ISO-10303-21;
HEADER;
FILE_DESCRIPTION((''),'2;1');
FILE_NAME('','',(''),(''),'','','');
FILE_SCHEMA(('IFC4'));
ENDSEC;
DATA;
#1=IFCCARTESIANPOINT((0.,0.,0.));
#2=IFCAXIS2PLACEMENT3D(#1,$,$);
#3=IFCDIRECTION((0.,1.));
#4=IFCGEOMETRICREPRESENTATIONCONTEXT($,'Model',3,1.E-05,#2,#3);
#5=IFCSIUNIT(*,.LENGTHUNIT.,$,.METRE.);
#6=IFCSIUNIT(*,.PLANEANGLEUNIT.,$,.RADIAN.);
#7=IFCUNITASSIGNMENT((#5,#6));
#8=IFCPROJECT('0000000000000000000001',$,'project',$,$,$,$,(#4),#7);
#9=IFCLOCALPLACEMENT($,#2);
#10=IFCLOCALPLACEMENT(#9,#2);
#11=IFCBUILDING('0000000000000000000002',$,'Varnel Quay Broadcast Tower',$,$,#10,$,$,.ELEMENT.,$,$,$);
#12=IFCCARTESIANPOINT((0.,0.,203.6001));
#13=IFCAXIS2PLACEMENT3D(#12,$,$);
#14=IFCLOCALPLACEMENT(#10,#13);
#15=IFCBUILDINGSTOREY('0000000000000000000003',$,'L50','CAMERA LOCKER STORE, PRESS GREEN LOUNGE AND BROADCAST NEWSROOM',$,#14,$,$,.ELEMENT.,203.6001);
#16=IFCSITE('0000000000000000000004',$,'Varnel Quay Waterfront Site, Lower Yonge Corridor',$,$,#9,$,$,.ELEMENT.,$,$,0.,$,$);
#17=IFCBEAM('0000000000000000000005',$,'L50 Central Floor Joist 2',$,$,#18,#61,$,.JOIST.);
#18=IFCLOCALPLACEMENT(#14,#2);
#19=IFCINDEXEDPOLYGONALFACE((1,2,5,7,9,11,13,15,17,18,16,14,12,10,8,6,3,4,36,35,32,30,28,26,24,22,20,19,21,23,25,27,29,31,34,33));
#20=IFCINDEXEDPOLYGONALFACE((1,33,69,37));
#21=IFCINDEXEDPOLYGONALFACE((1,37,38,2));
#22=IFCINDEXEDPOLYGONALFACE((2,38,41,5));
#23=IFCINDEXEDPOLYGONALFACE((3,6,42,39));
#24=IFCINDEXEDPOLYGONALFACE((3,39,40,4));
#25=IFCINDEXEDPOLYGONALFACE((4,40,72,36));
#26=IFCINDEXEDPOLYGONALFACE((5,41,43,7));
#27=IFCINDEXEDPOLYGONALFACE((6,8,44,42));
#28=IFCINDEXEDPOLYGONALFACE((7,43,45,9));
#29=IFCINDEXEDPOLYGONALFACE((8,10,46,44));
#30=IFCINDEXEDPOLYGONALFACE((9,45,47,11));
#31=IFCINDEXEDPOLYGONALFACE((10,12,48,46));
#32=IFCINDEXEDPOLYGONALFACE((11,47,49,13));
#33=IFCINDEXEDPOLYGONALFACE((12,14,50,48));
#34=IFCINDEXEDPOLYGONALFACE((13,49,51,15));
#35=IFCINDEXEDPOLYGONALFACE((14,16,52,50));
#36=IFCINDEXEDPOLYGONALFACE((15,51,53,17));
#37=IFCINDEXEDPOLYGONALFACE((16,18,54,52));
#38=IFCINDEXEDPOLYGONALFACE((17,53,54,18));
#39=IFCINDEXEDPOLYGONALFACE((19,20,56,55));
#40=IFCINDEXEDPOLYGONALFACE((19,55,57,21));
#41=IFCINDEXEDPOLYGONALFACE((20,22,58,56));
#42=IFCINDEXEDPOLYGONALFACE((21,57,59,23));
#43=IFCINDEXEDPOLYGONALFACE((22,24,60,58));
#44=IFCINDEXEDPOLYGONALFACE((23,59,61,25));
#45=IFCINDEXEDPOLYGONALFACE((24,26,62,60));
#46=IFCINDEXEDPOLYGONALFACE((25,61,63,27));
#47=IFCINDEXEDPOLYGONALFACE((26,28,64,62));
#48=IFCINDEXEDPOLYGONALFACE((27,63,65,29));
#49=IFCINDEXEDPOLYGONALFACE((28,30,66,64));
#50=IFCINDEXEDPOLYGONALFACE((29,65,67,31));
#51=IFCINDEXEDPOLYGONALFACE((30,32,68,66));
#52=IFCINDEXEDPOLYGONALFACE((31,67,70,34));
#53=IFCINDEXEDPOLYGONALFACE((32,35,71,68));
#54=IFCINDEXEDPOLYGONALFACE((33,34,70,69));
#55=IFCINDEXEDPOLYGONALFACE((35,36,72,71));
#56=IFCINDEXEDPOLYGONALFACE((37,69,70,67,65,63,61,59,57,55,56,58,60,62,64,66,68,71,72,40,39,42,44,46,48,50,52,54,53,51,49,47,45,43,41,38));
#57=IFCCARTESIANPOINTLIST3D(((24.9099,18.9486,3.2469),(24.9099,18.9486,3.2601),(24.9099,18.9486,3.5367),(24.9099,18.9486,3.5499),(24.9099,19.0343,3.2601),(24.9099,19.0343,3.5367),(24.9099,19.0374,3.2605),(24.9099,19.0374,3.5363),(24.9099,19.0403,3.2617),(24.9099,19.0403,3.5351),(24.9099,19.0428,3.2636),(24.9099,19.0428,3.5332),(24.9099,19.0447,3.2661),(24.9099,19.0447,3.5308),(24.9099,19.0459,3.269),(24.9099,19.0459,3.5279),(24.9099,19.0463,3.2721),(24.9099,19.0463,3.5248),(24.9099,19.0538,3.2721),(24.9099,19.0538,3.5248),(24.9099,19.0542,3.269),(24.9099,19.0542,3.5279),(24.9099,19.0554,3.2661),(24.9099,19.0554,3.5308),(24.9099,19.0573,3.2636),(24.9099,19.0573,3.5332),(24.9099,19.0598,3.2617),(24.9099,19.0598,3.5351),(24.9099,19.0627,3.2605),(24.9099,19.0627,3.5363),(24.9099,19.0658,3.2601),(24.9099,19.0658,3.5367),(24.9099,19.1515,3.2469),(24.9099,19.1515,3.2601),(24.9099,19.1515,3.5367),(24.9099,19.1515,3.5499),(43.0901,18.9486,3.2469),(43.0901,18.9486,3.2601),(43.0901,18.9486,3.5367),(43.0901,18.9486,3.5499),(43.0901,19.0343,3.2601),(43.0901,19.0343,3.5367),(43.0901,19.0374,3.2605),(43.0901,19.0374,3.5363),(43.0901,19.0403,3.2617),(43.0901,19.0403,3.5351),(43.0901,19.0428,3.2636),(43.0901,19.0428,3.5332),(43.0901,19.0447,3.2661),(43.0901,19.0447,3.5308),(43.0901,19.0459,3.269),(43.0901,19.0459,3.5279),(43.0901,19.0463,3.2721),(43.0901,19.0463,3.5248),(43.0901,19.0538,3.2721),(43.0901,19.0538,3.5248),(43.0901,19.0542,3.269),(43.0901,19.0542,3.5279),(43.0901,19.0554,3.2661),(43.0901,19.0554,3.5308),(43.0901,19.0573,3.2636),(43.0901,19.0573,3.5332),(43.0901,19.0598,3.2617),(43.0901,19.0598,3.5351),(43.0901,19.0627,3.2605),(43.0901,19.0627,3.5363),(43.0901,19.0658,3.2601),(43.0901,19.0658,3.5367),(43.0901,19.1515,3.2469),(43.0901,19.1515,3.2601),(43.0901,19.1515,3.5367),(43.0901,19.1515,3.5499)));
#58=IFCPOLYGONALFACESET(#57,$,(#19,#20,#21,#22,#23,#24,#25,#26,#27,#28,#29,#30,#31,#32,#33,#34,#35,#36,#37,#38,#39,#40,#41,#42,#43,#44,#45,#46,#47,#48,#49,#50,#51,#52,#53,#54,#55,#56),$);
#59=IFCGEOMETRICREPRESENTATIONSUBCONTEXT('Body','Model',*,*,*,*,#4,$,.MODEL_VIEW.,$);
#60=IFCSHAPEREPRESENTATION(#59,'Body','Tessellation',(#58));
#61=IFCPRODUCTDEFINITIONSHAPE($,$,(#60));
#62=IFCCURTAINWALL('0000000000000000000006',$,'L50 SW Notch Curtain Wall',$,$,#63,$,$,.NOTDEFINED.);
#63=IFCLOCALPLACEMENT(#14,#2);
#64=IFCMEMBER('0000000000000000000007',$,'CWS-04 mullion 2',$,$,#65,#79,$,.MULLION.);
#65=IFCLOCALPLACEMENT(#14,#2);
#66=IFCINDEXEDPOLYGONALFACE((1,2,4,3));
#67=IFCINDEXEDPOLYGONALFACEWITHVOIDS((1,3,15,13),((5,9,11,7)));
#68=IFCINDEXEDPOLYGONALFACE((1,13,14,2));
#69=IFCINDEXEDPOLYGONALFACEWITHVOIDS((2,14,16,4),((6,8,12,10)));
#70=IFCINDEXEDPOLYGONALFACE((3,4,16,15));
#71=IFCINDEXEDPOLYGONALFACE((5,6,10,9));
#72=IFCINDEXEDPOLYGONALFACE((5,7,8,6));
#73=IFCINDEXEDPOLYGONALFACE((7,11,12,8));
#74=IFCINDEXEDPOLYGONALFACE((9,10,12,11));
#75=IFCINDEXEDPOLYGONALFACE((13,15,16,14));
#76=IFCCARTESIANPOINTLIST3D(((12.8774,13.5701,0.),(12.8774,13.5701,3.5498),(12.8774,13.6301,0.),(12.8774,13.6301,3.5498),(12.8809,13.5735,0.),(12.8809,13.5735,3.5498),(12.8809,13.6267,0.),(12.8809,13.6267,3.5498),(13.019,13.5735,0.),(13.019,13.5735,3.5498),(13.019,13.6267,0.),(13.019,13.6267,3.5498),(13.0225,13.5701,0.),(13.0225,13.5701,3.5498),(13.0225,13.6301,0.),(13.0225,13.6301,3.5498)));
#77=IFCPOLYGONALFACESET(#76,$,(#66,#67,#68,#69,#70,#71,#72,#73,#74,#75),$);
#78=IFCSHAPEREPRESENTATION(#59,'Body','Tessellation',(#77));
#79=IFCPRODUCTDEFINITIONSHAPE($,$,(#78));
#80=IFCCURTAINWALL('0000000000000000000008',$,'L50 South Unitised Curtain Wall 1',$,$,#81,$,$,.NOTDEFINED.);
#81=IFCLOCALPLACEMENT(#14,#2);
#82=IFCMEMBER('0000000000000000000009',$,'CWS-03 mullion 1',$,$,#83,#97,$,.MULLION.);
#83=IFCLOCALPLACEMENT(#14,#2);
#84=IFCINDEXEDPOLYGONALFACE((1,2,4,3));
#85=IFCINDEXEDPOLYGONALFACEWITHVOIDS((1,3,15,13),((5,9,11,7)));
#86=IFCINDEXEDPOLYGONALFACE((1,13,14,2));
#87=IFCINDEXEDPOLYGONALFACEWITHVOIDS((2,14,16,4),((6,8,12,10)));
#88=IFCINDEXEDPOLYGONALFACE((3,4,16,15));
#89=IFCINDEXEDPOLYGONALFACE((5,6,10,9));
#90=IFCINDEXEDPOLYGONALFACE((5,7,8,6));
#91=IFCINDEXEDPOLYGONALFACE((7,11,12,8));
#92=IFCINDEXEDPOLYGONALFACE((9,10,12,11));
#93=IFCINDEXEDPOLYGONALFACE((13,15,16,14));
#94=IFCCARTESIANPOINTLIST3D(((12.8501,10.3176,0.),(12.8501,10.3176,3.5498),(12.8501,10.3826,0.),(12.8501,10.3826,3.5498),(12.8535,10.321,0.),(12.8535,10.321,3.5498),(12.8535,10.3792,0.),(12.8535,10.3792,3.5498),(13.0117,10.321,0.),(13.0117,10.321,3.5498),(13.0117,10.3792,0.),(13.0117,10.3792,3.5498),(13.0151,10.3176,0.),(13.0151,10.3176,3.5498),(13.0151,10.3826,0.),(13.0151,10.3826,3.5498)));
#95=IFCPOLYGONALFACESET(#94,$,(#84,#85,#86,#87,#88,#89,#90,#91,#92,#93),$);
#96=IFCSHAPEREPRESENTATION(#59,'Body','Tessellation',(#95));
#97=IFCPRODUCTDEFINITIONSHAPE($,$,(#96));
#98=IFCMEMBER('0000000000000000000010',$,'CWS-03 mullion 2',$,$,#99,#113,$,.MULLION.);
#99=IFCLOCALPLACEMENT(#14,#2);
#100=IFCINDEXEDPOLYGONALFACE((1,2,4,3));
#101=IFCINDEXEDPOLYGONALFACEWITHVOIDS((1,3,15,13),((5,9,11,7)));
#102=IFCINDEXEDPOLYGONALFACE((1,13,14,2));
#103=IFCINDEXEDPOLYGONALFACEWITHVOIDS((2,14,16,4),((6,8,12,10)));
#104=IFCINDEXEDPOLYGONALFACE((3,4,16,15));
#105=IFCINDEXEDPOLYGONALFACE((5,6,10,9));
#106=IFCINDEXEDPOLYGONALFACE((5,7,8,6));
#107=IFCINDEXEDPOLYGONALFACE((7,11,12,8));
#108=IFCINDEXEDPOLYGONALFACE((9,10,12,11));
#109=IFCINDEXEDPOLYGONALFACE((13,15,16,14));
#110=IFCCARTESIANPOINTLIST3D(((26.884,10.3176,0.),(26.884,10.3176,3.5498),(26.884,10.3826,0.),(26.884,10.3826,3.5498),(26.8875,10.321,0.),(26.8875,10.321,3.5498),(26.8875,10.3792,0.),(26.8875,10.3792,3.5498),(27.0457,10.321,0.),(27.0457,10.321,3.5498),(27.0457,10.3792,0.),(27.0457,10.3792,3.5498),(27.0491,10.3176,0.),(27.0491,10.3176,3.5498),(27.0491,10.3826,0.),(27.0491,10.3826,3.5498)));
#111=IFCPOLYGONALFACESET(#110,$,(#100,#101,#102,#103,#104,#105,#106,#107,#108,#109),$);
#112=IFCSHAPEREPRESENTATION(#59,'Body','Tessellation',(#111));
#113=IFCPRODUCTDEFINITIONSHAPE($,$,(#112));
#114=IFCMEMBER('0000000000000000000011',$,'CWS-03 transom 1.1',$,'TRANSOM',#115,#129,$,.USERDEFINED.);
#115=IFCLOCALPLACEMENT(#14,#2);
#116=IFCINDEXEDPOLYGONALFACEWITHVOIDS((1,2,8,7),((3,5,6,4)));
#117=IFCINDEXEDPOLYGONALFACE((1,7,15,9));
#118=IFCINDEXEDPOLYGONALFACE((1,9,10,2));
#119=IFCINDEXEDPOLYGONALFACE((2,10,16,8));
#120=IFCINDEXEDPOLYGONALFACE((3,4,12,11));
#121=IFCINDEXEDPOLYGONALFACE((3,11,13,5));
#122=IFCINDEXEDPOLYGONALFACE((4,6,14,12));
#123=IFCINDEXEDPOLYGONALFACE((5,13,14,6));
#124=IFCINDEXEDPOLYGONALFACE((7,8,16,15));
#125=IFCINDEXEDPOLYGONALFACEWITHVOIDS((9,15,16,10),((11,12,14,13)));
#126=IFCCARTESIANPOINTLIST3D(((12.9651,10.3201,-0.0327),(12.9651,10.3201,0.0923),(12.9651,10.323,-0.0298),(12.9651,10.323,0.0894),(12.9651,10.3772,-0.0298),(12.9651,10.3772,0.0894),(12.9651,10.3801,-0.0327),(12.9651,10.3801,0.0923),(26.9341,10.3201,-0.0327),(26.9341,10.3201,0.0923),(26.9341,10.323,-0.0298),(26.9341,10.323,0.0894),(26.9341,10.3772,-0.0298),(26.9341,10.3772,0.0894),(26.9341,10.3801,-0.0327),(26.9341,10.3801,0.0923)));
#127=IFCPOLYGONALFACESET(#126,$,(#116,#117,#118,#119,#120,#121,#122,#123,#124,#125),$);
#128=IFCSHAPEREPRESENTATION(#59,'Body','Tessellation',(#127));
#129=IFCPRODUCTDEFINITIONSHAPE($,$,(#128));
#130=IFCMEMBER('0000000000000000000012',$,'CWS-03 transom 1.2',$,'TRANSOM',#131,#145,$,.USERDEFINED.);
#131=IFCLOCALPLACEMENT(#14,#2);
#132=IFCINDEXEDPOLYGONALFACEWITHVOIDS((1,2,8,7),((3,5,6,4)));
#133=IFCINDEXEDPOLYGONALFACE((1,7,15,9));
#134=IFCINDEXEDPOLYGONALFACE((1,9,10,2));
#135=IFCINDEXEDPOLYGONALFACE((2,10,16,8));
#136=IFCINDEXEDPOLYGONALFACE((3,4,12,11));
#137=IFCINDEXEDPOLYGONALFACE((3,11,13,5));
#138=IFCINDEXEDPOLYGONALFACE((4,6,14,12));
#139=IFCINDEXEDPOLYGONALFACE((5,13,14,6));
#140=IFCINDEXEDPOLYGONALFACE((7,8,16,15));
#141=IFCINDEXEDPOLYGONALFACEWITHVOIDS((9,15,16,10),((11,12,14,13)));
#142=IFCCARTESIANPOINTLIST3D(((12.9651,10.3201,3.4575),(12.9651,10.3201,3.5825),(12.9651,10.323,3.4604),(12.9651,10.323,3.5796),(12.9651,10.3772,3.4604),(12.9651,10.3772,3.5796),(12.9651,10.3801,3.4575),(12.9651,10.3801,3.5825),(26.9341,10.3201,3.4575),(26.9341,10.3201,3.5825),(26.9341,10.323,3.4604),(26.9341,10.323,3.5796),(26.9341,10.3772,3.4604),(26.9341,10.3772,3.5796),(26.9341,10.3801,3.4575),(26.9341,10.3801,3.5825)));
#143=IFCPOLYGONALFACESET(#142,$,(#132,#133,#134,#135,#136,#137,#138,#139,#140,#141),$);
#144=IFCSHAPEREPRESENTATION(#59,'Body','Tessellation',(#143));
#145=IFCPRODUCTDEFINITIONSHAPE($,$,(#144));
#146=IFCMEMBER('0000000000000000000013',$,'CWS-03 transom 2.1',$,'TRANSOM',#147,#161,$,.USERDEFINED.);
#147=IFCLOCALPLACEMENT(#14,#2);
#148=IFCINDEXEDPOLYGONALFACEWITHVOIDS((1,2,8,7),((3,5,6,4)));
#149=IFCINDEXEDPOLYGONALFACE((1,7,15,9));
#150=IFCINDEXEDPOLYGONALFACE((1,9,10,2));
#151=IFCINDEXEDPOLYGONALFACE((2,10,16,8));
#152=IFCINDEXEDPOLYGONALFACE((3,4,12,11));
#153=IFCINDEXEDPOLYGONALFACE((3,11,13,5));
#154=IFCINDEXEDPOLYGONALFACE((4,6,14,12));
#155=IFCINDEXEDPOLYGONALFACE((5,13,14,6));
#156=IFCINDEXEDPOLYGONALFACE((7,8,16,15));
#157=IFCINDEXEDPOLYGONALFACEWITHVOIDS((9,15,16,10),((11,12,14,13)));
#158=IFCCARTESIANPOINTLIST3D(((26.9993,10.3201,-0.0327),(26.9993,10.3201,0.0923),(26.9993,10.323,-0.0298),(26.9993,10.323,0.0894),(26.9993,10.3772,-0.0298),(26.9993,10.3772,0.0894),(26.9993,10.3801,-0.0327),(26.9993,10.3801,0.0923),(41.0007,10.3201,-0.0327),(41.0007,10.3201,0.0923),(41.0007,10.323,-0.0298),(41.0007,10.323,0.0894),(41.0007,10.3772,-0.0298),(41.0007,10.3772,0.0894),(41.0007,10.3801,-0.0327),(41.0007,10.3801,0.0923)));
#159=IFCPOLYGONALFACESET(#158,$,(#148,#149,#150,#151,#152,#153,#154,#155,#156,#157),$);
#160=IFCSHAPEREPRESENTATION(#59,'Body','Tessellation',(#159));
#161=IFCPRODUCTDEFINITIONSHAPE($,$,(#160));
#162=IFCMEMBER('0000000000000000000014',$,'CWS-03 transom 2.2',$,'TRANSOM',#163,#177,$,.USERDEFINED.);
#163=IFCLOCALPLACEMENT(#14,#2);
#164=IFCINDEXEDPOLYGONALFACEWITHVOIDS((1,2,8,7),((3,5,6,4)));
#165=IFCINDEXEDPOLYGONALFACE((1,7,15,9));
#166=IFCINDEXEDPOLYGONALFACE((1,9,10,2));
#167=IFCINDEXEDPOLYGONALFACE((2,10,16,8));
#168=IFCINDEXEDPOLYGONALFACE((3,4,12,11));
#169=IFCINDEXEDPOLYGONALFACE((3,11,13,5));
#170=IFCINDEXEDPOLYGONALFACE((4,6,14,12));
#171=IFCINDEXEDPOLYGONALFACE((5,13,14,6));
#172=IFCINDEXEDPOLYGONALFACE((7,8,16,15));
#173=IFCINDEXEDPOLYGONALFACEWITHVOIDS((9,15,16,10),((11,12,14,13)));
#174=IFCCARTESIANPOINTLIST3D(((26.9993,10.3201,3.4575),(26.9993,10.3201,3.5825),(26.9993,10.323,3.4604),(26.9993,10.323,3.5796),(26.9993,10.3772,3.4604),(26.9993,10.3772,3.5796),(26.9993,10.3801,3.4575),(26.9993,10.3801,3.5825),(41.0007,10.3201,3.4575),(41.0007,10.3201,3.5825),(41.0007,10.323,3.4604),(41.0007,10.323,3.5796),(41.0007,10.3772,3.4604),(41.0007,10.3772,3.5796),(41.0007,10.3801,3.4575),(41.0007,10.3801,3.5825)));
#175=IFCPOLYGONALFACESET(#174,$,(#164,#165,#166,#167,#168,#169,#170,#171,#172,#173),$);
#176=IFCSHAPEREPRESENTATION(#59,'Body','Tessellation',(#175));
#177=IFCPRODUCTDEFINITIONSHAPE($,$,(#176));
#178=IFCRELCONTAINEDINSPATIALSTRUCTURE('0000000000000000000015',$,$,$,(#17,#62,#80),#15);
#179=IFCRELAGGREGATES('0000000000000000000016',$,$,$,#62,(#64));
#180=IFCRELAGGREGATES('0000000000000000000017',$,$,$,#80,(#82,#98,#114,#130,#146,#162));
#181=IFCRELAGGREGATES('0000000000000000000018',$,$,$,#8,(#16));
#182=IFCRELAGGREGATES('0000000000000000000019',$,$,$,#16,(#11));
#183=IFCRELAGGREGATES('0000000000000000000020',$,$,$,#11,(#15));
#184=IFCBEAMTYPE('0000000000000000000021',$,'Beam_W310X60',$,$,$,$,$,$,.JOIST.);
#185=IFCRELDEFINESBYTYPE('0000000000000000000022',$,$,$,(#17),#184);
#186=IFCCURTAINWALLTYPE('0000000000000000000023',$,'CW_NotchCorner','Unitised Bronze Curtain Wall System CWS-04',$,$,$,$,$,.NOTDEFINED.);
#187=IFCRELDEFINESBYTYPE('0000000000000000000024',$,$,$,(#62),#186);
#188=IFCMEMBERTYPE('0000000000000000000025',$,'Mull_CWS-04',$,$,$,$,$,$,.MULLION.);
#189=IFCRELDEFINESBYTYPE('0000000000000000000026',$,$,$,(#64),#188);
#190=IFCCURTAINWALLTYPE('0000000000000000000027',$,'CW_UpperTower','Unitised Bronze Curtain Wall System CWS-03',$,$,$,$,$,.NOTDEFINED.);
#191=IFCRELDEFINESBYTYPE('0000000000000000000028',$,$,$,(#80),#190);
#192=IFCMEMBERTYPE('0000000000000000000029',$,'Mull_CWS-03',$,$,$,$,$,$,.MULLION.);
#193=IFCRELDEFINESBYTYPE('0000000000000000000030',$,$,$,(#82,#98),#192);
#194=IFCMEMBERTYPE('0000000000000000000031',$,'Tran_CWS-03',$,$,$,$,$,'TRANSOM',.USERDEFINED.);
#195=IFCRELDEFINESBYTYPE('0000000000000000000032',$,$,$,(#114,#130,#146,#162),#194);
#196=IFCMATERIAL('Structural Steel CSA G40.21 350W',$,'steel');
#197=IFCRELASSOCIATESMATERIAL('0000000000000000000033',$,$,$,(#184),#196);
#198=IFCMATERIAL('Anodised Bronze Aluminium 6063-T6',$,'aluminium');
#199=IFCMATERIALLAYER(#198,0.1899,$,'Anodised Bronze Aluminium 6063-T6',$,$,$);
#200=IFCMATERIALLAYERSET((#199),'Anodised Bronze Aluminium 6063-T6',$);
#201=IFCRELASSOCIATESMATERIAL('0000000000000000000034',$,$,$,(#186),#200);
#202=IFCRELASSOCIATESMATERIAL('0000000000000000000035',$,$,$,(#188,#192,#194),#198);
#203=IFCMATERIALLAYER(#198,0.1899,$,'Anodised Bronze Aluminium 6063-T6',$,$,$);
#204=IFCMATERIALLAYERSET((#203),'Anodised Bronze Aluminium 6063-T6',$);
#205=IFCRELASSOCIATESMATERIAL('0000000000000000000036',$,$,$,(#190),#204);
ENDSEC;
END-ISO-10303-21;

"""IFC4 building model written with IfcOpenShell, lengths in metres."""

from ifc_helpers import new_model, si_unit, direction, frame, origin, origin_2d, place, context, subcontext, project, spatial, hollow_rectangle, i_section, extrude, source, transform, mapped, material, layer, layer_set, material_profile, profile_set, type_object, type_shapes, element, aggregate, save


model = new_model("IFC4")

# Units and contexts
model_context = context("Model", 3, precision=1e-05, world=origin(), true_north=direction((0.0, 1.0)))
body_context = subcontext(model_context, "Body", "Model", "MODEL_VIEW")
ifc_project = project(units=[si_unit("LENGTHUNIT", "METRE"), si_unit("PLANEANGLEUNIT", "RADIAN")], contexts=[model_context])

# Site, building, storey
site_placement = place(None, origin())
site = spatial("IfcSite", under=ifc_project, at=site_placement, Name="Varnel Quay Waterfront Site, Lower Yonge Corridor", CompositionType="ELEMENT", RefElevation=0.0)
building_placement = place(site_placement, origin())
building = spatial("IfcBuilding", under=site, at=building_placement, Name="Varnel Quay Broadcast Tower", CompositionType="ELEMENT")
storey_placement = place(building_placement, frame((0.0, 0.0, 203.6001)))
storey = spatial("IfcBuildingStorey", under=building, at=storey_placement, Name="L50", Description="CAMERA LOCKER STORE, PRESS GREEN LOUNGE AND BROADCAST NEWSROOM", CompositionType="ELEMENT", Elevation=203.6001)

# Shared definitions
ifc_material_1 = material(Name="Structural Steel CSA G40.21 350W", Category="steel")

# Beam
ifc_material_profile_1 = material_profile(ifc_material_1, i_section(OverallWidth=0.2029, OverallDepth=0.303, WebThickness=0.0076, FlangeThickness=0.0132, FilletRadius=0.012, at=origin_2d()), Name="W310X60")
ifc_profile_set_1 = profile_set([ifc_material_profile_1], Name="Structural Steel CSA G40.21 350W")
beam_type_1 = type_object("IfcBeamType", Name="Beam_W310X60", PredefinedType="JOIST", material=ifc_profile_set_1)
shared_shape_1 = source(origin(), body_context, "Body", "SweptSolid", [
    extrude(i_section(OverallWidth=0.2029, OverallDepth=0.303, WebThickness=0.0076, FlangeThickness=0.0132, FilletRadius=0.012, at=origin_2d()), origin(), (0.0, 0.0, 1.0), 18.1802),
])
type_shapes(beam_type_1, [shared_shape_1])
beam_1_placement = place(storey_placement, frame((24.9099, 19.05, 3.3984), z_axis=(1.0, 0.0, 0.0), x_axis=(0.0, 1.0, 0.0)))
element("IfcBeam", 1, at=beam_1_placement, inside=storey, type_object=beam_type_1, Name="L50 Central Floor Joist 2", PredefinedType="JOIST", context=body_context, shape_type="MappedRepresentation", body=[
    mapped(shared_shape_1, transform((0.0, 0.0, 0.0), x_axis=(1.0, 0.0, 0.0), y_axis=(0.0, 1.0, 0.0), z_axis=(0.0, 0.0, 1.0), scale=1.0)),
])

# Curtain wall, member
ifc_material_2 = material(Name="Anodised Bronze Aluminium 6063-T6", Category="aluminium")
ifc_layer_1 = layer(ifc_material_2, 0.1899, Name="Anodised Bronze Aluminium 6063-T6")
ifc_layer_set_1 = layer_set([ifc_layer_1], Name="Anodised Bronze Aluminium 6063-T6")
curtain_wall_type_1 = type_object("IfcCurtainWallType", Name="CW_NotchCorner", Description="Unitised Bronze Curtain Wall System CWS-04", PredefinedType="NOTDEFINED", material=ifc_layer_set_1)
curtain_wall_1_placement = place(storey_placement, origin())
curtain_wall_1 = element("IfcCurtainWall", 2, at=curtain_wall_1_placement, inside=storey, type_object=curtain_wall_type_1, Name="L50 SW Notch Curtain Wall", PredefinedType="NOTDEFINED")
ifc_material_profile_2 = material_profile(ifc_material_2, hollow_rectangle(XDim=0.0601, YDim=0.145, WallThickness=0.0034, at=origin_2d()), Name="ALU60X145X3.5")
ifc_profile_set_2 = profile_set([ifc_material_profile_2], Name="Anodised Bronze Aluminium 6063-T6")
member_type_1 = type_object("IfcMemberType", Name="Mull_CWS-04", PredefinedType="MULLION", material=ifc_profile_set_2)
shared_shape_2 = source(origin(), body_context, "Body", "SweptSolid", [
    extrude(hollow_rectangle(XDim=0.0601, YDim=0.145, WallThickness=0.0034, at=origin_2d()), origin(), (0.0, 0.0, 1.0), 3.5498),
])
type_shapes(member_type_1, [shared_shape_2])
member_1_placement = place(storey_placement, frame((12.95, 13.6001, 0.0), z_axis=(0.0, 0.0, 1.0), x_axis=(0.0, 1.0, 0.0)))
member_1 = element("IfcMember", 3, at=member_1_placement, type_object=member_type_1, Name="CWS-04 mullion 2", PredefinedType="MULLION", context=body_context, shape_type="MappedRepresentation", body=[
    mapped(shared_shape_2, transform((0.0, 0.0, 0.0), x_axis=(1.0, 0.0, 0.0), y_axis=(0.0, 1.0, 0.0), z_axis=(0.0, 0.0, 1.0), scale=1.0)),
])

# Curtain wall, members
ifc_layer_2 = layer(ifc_material_2, 0.1899, Name="Anodised Bronze Aluminium 6063-T6")
ifc_layer_set_2 = layer_set([ifc_layer_2], Name="Anodised Bronze Aluminium 6063-T6")
curtain_wall_type_2 = type_object("IfcCurtainWallType", Name="CW_UpperTower", Description="Unitised Bronze Curtain Wall System CWS-03", PredefinedType="NOTDEFINED", material=ifc_layer_set_2)
curtain_wall_2_placement = place(storey_placement, origin())
curtain_wall_2 = element("IfcCurtainWall", 4, at=curtain_wall_2_placement, inside=storey, type_object=curtain_wall_type_2, Name="L50 South Unitised Curtain Wall 1", PredefinedType="NOTDEFINED")
ifc_material_profile_3 = material_profile(ifc_material_2, hollow_rectangle(XDim=0.0649, YDim=0.165, WallThickness=0.0034, at=origin_2d()), Name="ALU65X165X3.5")
ifc_profile_set_3 = profile_set([ifc_material_profile_3], Name="Anodised Bronze Aluminium 6063-T6")
member_type_2 = type_object("IfcMemberType", Name="Mull_CWS-03", PredefinedType="MULLION", material=ifc_profile_set_3)
shared_shape_3 = source(origin(), body_context, "Body", "SweptSolid", [
    extrude(hollow_rectangle(XDim=0.0649, YDim=0.165, WallThickness=0.0034, at=origin_2d()), origin(), (0.0, 0.0, 1.0), 3.5498),
])
type_shapes(member_type_2, [shared_shape_3])
member_2_placement = place(storey_placement, frame((12.9326, 10.3501, 0.0), z_axis=(0.0, 0.0, 1.0), x_axis=(0.0, 1.0, 0.0)))
member_2 = element("IfcMember", 5, at=member_2_placement, type_object=member_type_2, Name="CWS-03 mullion 1", PredefinedType="MULLION", context=body_context, shape_type="MappedRepresentation", body=[
    mapped(shared_shape_3, transform((0.0, 0.0, 0.0), x_axis=(1.0, 0.0, 0.0), y_axis=(0.0, 1.0, 0.0), z_axis=(0.0, 0.0, 1.0), scale=1.0)),
])
member_3_placement = place(storey_placement, frame((26.9666, 10.3501, 0.0), z_axis=(0.0, 0.0, 1.0), x_axis=(0.0, 1.0, 0.0)))
member_3 = element("IfcMember", 6, at=member_3_placement, type_object=member_type_2, Name="CWS-03 mullion 2", PredefinedType="MULLION", context=body_context, shape_type="MappedRepresentation", body=[
    mapped(shared_shape_3, transform((0.0, 0.0, 0.0), x_axis=(1.0, 0.0, 0.0), y_axis=(0.0, 1.0, 0.0), z_axis=(0.0, 0.0, 1.0), scale=1.0)),
])
ifc_material_profile_4 = material_profile(ifc_material_2, hollow_rectangle(XDim=0.0601, YDim=0.125, WallThickness=0.0029, at=origin_2d()), Name="ALU60X125X3")
ifc_profile_set_4 = profile_set([ifc_material_profile_4], Name="Anodised Bronze Aluminium 6063-T6")
member_type_3 = type_object("IfcMemberType", Name="Tran_CWS-03", ElementType="TRANSOM", PredefinedType="USERDEFINED", material=ifc_profile_set_4)
shared_shape_4 = source(origin(), body_context, "Body", "SweptSolid", [
    extrude(hollow_rectangle(XDim=0.0601, YDim=0.125, WallThickness=0.0029, at=origin_2d()), origin(), (0.0, 0.0, 1.0), 13.969),
])
member_4_placement = place(storey_placement, frame((12.9651, 10.3501, 0.0298), z_axis=(1.0, 0.0, 0.0), x_axis=(0.0, 1.0, 0.0)))
member_4 = element("IfcMember", 7, at=member_4_placement, type_object=member_type_3, Name="CWS-03 transom 1.1", ObjectType="TRANSOM", PredefinedType="USERDEFINED", context=body_context, shape_type="MappedRepresentation", body=[
    mapped(shared_shape_4, transform((0.0, 0.0, 0.0), x_axis=(1.0, 0.0, 0.0), y_axis=(0.0, 1.0, 0.0), z_axis=(0.0, 0.0, 1.0), scale=1.0)),
])
member_5_placement = place(storey_placement, frame((12.9651, 10.3501, 3.52), z_axis=(1.0, 0.0, 0.0), x_axis=(0.0, 1.0, 0.0)))
member_5 = element("IfcMember", 8, at=member_5_placement, type_object=member_type_3, Name="CWS-03 transom 1.2", ObjectType="TRANSOM", PredefinedType="USERDEFINED", context=body_context, shape_type="MappedRepresentation", body=[
    mapped(shared_shape_4, transform((0.0, 0.0, 0.0), x_axis=(1.0, 0.0, 0.0), y_axis=(0.0, 1.0, 0.0), z_axis=(0.0, 0.0, 1.0), scale=1.0)),
])
shared_shape_5 = source(origin(), body_context, "Body", "SweptSolid", [
    extrude(hollow_rectangle(XDim=0.0601, YDim=0.125, WallThickness=0.0029, at=origin_2d()), origin(), (0.0, 0.0, 1.0), 14.0015),
])
type_shapes(member_type_3, [shared_shape_4, shared_shape_5])
member_6_placement = place(storey_placement, frame((26.9993, 10.3501, 0.0298), z_axis=(1.0, 0.0, 0.0), x_axis=(0.0, 1.0, 0.0)))
member_6 = element("IfcMember", 9, at=member_6_placement, type_object=member_type_3, Name="CWS-03 transom 2.1", ObjectType="TRANSOM", PredefinedType="USERDEFINED", context=body_context, shape_type="MappedRepresentation", body=[
    mapped(shared_shape_5, transform((0.0, 0.0, 0.0), x_axis=(1.0, 0.0, 0.0), y_axis=(0.0, 1.0, 0.0), z_axis=(0.0, 0.0, 1.0), scale=1.0)),
])
member_7_placement = place(storey_placement, frame((26.9993, 10.3501, 3.52), z_axis=(1.0, 0.0, 0.0), x_axis=(0.0, 1.0, 0.0)))
member_7 = element("IfcMember", 10, at=member_7_placement, type_object=member_type_3, Name="CWS-03 transom 2.2", ObjectType="TRANSOM", PredefinedType="USERDEFINED", context=body_context, shape_type="MappedRepresentation", body=[
    mapped(shared_shape_5, transform((0.0, 0.0, 0.0), x_axis=(1.0, 0.0, 0.0), y_axis=(0.0, 1.0, 0.0), z_axis=(0.0, 0.0, 1.0), scale=1.0)),
])

aggregate(curtain_wall_1, [member_1])
aggregate(curtain_wall_2, [member_2, member_3, member_4, member_5, member_6, member_7])

save(model, "model.ifc")
